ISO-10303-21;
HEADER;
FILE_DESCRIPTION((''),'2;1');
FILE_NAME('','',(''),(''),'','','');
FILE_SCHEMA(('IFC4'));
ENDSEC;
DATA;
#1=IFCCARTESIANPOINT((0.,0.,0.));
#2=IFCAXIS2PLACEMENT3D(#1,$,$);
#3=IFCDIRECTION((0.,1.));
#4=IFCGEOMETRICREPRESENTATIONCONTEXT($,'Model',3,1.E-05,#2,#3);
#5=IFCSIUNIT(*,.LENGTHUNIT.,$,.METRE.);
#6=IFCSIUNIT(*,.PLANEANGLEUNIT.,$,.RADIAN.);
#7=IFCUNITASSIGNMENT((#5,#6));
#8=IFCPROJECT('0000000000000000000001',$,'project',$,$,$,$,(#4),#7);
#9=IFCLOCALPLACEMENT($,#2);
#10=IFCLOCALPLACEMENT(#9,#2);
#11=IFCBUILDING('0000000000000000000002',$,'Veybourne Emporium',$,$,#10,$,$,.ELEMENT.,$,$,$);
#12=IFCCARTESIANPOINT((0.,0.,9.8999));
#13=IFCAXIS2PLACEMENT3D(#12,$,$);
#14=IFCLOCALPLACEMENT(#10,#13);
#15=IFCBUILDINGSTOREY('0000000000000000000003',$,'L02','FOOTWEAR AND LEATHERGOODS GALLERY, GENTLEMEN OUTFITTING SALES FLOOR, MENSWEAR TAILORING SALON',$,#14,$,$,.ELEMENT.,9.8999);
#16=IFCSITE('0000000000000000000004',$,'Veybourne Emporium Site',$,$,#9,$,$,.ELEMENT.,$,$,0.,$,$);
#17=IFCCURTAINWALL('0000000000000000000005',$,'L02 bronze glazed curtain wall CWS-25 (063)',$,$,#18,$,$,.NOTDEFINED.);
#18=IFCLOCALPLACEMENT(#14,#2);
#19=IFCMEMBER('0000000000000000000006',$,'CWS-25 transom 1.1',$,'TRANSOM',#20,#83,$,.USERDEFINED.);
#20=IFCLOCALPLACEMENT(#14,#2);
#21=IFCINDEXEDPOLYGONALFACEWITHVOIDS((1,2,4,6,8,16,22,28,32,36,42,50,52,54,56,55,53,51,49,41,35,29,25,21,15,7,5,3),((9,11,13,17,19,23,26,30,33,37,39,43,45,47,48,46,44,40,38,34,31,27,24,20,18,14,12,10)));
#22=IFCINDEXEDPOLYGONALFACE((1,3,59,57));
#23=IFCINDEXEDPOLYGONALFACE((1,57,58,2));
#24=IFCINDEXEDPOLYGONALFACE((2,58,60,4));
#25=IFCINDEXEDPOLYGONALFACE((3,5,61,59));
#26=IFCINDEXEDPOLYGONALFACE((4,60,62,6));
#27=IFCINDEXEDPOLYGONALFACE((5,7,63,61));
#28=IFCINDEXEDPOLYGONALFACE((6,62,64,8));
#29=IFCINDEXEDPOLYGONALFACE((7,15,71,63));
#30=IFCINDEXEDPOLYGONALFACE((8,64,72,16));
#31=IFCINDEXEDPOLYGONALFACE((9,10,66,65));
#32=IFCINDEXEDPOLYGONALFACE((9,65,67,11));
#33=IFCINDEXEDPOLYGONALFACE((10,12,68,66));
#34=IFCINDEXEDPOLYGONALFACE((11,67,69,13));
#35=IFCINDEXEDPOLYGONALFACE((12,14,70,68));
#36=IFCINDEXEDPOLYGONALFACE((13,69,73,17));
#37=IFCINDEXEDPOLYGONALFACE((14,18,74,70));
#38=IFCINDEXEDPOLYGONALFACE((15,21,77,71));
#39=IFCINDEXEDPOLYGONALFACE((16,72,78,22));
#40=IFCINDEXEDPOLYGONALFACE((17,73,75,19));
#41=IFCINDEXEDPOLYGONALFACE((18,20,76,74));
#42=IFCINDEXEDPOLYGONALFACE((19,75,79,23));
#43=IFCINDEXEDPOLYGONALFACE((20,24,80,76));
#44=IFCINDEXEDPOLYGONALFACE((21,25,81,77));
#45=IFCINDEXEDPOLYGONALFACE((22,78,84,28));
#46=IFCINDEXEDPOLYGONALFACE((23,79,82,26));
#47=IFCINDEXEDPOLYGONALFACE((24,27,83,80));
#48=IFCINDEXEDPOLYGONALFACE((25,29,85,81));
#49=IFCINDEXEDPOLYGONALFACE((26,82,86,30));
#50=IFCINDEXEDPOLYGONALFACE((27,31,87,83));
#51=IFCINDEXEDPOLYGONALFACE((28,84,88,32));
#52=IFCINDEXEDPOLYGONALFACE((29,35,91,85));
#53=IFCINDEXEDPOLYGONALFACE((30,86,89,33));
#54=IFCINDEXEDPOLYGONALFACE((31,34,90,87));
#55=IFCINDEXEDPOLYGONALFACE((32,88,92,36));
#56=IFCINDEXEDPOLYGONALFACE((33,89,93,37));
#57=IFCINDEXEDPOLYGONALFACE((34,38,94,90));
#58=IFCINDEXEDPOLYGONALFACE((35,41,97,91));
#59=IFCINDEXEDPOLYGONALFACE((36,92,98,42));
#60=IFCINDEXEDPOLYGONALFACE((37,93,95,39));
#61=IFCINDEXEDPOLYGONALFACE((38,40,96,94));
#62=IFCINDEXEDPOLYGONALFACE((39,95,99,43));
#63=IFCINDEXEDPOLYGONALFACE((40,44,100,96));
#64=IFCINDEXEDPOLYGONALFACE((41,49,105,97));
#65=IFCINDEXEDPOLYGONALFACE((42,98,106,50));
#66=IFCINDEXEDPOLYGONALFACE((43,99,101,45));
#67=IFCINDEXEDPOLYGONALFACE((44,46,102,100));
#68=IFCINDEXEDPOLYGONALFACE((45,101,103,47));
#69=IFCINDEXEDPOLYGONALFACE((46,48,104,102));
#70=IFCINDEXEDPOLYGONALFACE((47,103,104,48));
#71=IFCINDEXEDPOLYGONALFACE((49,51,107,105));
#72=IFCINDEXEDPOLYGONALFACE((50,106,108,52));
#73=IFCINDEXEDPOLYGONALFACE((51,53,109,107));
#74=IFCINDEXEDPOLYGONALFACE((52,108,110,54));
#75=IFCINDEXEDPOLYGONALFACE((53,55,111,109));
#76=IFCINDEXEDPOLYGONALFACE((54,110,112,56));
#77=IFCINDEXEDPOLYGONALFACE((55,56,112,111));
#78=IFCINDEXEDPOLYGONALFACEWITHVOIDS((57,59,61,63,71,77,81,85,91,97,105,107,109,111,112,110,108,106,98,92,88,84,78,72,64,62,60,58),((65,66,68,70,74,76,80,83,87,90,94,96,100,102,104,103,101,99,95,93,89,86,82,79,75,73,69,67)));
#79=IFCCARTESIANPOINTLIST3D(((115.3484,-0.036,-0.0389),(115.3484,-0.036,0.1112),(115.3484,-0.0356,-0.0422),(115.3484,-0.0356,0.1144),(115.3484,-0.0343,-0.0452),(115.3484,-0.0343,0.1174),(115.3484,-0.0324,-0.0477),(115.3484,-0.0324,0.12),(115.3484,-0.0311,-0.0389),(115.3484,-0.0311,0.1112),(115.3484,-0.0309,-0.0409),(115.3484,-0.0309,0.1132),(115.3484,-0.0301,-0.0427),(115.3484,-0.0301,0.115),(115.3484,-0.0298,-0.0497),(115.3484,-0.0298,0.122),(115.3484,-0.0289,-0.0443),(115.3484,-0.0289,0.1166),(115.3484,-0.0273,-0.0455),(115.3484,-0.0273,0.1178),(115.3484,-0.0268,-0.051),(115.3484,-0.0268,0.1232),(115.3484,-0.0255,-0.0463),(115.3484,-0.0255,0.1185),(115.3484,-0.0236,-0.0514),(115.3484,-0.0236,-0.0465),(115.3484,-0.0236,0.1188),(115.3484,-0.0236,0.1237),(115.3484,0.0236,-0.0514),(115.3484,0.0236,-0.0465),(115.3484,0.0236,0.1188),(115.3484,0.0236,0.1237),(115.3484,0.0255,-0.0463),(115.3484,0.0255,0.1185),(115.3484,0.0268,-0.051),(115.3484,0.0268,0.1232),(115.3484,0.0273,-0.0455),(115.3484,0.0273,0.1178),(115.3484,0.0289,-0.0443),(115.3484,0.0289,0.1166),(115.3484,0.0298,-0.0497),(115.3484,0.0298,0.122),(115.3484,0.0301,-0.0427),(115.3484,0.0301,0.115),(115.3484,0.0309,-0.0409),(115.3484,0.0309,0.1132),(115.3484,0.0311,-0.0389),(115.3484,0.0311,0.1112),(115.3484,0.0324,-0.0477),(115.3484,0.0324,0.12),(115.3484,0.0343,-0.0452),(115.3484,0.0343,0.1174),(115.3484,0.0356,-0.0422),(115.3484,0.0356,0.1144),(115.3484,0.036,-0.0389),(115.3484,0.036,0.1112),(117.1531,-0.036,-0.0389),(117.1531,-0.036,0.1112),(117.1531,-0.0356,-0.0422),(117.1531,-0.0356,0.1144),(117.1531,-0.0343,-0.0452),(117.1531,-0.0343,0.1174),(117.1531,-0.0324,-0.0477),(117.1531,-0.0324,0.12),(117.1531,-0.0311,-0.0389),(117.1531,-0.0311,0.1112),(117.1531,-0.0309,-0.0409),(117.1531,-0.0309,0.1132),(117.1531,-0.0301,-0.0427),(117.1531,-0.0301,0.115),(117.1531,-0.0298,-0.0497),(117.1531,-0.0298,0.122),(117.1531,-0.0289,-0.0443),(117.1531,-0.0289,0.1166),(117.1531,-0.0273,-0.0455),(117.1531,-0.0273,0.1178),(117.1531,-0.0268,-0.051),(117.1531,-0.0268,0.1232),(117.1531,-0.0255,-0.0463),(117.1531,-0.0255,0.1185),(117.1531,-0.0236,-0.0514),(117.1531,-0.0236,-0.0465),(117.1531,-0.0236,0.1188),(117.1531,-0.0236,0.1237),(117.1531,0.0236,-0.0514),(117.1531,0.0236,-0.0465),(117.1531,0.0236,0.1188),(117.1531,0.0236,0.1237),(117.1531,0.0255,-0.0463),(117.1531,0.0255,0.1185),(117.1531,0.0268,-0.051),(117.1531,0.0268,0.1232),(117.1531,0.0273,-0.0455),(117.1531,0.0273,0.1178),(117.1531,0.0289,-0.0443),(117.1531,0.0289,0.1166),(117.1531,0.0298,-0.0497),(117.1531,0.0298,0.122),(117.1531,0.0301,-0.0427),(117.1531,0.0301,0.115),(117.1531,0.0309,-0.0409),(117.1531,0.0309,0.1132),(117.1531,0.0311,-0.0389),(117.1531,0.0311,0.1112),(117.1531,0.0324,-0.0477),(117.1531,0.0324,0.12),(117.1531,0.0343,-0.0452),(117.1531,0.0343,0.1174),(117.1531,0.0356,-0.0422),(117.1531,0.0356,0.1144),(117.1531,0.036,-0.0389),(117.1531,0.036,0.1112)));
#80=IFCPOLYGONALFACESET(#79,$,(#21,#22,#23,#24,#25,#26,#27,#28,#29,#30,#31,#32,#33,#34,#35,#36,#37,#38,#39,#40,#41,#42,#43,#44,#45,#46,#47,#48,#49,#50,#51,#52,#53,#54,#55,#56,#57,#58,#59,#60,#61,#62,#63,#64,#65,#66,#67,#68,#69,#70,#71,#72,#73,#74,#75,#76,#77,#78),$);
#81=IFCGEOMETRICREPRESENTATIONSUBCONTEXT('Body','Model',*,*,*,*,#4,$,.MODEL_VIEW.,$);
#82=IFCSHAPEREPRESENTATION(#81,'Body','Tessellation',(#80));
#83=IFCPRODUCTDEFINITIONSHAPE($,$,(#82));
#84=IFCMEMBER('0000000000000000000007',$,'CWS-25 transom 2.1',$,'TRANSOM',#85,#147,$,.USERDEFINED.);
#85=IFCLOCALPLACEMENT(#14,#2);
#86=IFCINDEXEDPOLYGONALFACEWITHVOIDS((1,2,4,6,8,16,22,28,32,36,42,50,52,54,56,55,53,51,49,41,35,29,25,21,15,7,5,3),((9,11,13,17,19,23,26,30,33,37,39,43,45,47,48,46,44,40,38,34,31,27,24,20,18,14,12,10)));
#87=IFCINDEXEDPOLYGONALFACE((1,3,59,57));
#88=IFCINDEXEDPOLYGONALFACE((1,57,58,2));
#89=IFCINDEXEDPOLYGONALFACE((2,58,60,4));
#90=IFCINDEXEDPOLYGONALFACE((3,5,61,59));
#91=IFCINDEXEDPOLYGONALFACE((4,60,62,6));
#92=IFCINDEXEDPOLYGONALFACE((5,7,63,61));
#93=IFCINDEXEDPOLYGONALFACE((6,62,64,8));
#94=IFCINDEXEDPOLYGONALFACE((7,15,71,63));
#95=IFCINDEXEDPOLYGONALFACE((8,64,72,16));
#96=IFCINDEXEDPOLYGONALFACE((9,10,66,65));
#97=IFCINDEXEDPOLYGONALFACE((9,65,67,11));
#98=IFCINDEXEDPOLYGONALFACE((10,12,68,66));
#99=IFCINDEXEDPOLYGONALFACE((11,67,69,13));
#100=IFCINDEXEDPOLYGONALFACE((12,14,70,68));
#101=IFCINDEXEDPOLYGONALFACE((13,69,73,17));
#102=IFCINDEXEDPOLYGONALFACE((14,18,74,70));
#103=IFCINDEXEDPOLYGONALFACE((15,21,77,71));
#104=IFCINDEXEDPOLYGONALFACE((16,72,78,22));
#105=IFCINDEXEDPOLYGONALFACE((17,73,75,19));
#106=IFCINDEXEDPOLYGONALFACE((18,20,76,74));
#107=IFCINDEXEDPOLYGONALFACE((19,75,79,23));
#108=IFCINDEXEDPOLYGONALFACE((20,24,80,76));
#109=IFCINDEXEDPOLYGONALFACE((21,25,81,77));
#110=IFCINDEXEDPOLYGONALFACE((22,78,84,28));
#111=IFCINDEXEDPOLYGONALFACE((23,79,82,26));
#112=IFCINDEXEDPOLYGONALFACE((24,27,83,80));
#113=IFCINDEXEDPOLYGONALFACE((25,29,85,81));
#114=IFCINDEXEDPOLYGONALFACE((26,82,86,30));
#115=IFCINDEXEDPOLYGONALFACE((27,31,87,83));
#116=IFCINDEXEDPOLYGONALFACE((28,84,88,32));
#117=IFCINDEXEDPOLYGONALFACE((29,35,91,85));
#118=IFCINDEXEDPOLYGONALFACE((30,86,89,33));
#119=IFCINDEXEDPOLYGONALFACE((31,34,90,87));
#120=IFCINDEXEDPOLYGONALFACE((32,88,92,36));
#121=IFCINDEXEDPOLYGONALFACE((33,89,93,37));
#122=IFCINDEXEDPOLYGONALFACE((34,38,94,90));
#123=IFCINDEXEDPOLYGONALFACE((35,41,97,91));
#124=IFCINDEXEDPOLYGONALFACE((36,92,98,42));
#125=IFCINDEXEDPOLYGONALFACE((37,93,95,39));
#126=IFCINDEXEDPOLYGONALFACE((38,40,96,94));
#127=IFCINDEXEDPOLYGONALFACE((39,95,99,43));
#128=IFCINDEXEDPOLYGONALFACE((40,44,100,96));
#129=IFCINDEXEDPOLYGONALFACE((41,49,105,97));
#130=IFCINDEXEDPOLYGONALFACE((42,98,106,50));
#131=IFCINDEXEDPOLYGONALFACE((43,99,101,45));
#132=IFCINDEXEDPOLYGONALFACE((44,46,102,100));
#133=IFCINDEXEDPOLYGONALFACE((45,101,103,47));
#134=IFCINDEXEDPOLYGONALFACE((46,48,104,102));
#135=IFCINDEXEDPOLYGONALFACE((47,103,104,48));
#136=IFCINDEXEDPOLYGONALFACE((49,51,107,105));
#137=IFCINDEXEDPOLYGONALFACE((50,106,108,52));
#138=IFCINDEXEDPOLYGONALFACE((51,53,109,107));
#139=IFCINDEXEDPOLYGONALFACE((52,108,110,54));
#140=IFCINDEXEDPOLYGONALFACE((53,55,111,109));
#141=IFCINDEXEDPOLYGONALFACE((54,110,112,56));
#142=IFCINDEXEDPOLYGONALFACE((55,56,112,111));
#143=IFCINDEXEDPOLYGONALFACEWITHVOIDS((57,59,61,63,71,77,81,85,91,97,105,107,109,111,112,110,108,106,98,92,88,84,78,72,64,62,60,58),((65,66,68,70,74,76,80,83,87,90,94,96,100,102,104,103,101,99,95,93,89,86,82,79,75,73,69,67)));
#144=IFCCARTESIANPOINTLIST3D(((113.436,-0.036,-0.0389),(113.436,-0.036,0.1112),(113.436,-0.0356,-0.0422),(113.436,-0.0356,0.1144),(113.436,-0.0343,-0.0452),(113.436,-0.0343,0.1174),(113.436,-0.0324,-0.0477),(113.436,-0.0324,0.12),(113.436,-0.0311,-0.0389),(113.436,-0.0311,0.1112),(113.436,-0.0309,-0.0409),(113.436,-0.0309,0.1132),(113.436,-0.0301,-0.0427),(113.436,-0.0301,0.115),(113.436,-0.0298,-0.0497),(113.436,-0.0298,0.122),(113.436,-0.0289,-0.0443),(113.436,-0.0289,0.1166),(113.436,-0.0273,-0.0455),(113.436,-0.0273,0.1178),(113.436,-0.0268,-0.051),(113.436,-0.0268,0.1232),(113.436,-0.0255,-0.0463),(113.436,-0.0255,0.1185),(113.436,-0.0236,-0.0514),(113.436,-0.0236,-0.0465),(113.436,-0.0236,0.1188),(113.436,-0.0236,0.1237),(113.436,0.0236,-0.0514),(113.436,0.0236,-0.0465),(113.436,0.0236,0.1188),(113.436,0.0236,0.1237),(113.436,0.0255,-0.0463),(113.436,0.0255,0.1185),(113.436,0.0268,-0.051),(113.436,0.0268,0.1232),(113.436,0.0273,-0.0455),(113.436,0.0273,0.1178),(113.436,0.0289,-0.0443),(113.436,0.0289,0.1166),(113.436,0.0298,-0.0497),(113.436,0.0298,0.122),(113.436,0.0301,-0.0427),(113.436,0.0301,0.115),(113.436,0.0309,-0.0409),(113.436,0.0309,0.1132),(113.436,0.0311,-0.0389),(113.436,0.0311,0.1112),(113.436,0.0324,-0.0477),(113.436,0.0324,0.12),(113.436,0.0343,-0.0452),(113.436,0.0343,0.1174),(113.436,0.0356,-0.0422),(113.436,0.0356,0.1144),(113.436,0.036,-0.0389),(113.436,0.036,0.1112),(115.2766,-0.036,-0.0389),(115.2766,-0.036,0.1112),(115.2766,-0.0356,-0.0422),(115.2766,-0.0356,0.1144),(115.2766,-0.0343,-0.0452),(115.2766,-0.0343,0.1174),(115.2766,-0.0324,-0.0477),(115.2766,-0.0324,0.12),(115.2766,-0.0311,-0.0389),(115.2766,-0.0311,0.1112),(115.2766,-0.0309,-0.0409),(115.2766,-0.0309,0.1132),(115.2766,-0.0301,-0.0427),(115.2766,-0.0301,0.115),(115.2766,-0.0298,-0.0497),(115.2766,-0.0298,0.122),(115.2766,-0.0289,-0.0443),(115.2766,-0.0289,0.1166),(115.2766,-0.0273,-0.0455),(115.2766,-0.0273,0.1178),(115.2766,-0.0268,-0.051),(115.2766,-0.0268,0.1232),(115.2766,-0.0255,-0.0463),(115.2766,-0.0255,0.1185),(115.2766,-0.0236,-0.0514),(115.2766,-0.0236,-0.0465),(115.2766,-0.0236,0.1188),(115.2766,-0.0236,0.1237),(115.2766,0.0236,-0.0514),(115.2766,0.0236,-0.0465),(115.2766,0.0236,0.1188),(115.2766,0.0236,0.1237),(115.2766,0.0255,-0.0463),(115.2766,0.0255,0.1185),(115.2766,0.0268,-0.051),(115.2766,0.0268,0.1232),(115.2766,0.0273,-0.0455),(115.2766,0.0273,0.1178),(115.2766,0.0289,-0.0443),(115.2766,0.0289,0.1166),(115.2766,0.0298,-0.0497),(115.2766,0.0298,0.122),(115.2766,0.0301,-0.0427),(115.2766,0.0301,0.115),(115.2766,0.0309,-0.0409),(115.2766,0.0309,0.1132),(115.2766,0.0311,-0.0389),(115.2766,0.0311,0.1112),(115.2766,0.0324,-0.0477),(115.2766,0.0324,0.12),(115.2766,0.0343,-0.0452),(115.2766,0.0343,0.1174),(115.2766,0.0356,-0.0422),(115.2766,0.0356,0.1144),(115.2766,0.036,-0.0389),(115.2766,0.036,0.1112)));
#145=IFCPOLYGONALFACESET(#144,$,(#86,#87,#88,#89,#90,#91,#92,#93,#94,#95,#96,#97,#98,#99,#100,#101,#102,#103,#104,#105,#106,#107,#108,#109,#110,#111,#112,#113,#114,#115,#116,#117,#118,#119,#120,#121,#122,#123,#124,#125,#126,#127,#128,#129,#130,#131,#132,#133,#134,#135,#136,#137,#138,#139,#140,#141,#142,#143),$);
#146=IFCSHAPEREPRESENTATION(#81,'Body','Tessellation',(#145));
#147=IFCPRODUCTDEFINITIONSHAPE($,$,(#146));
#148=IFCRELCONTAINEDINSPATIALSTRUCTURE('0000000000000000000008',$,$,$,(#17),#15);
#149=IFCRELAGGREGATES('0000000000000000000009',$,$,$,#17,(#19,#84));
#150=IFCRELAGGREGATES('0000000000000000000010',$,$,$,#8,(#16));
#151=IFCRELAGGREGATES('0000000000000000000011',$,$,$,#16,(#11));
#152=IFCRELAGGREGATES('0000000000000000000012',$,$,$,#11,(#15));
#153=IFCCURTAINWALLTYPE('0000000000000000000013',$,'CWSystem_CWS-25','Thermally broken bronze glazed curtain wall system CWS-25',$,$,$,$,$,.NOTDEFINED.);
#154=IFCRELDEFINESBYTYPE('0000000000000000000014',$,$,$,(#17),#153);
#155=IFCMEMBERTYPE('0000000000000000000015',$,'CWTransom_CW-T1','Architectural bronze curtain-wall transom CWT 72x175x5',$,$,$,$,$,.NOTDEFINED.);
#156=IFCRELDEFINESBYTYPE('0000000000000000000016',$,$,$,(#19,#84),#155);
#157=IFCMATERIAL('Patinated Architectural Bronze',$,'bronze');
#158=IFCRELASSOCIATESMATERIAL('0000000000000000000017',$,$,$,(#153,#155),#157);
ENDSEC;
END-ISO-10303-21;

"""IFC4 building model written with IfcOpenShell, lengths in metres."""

from ifc_helpers import new_model, si_unit, direction, frame, origin, origin_2d, place, context, subcontext, project, spatial, hollow_rectangle, extrude, material, material_profile, profile_set, type_object, element, aggregate, save


model = new_model("IFC4")

# Units and contexts
model_context = context("Model", 3, precision=1e-05, world=origin(), true_north=direction((0.0, 1.0)))
body_context = subcontext(model_context, "Body", "Model", "MODEL_VIEW")
ifc_project = project(units=[si_unit("LENGTHUNIT", "METRE"), si_unit("PLANEANGLEUNIT", "RADIAN")], contexts=[model_context])

# Site, building, storey
site_placement = place(None, origin())
site = spatial("IfcSite", under=ifc_project, at=site_placement, Name="Veybourne Emporium Site", CompositionType="ELEMENT", RefElevation=0.0)
building_placement = place(site_placement, origin())
building = spatial("IfcBuilding", under=site, at=building_placement, Name="Veybourne Emporium", CompositionType="ELEMENT")
storey_placement = place(building_placement, frame((0.0, 0.0, 9.8999)))
storey = spatial("IfcBuildingStorey", under=building, at=storey_placement, Name="L02", Description="FOOTWEAR AND LEATHERGOODS GALLERY, GENTLEMEN OUTFITTING SALES FLOOR, MENSWEAR TAILORING SALON", CompositionType="ELEMENT", Elevation=9.8999)

# Curtain wall, members
ifc_material_1 = material(Name="Patinated Architectural Bronze", Category="bronze")
curtain_wall_type = type_object("IfcCurtainWallType", Name="CWSystem_CWS-25", Description="Thermally broken bronze glazed curtain wall system CWS-25", PredefinedType="NOTDEFINED", material=ifc_material_1)
curtain_wall_placement = place(storey_placement, origin())
curtain_wall = element("IfcCurtainWall", 1, at=curtain_wall_placement, inside=storey, type_object=curtain_wall_type, Name="L02 bronze glazed curtain wall CWS-25 (063)", PredefinedType="NOTDEFINED")
ifc_material_profile_1 = material_profile(ifc_material_1, hollow_rectangle(XDim=0.072, YDim=0.175, WallThickness=0.0049, InnerFilletRadius=0.0076, OuterFilletRadius=0.0125, at=origin_2d()), Name="CWT 72x175x5")
ifc_profile_set_1 = profile_set([ifc_material_profile_1], Name="Patinated Architectural Bronze")
member_type_1 = type_object("IfcMemberType", Name="CWTransom_CW-T1", Description="Architectural bronze curtain-wall transom CWT 72x175x5", PredefinedType="NOTDEFINED", material=ifc_profile_set_1)
member_1_placement = place(storey_placement, frame((117.1531, 0.0, 0.0361), z_axis=(-1.0, 0.0, 0.0), x_axis=(0.0, -1.0, 0.0)))
member_1 = element("IfcMember", 2, at=member_1_placement, type_object=member_type_1, Name="CWS-25 transom 1.1", ObjectType="TRANSOM", PredefinedType="USERDEFINED", context=body_context, shape_type="SweptSolid", body=[
    extrude(hollow_rectangle(XDim=0.072, YDim=0.175, WallThickness=0.0049, InnerFilletRadius=0.0076, OuterFilletRadius=0.0125, at=origin_2d()), origin(), (0.0, 0.0, 1.0), 1.8047),
])
member_2_placement = place(storey_placement, frame((115.2766, 0.0, 0.0361), z_axis=(-1.0, 0.0, 0.0), x_axis=(0.0, -1.0, 0.0)))
member_2 = element("IfcMember", 3, at=member_2_placement, type_object=member_type_1, Name="CWS-25 transom 2.1", ObjectType="TRANSOM", PredefinedType="USERDEFINED", context=body_context, shape_type="SweptSolid", body=[
    extrude(hollow_rectangle(XDim=0.072, YDim=0.175, WallThickness=0.0049, InnerFilletRadius=0.0076, OuterFilletRadius=0.0125, at=origin_2d()), origin(), (0.0, 0.0, 1.0), 1.8406),
])

aggregate(curtain_wall, [member_1, member_2])

save(model, "model.ifc")
